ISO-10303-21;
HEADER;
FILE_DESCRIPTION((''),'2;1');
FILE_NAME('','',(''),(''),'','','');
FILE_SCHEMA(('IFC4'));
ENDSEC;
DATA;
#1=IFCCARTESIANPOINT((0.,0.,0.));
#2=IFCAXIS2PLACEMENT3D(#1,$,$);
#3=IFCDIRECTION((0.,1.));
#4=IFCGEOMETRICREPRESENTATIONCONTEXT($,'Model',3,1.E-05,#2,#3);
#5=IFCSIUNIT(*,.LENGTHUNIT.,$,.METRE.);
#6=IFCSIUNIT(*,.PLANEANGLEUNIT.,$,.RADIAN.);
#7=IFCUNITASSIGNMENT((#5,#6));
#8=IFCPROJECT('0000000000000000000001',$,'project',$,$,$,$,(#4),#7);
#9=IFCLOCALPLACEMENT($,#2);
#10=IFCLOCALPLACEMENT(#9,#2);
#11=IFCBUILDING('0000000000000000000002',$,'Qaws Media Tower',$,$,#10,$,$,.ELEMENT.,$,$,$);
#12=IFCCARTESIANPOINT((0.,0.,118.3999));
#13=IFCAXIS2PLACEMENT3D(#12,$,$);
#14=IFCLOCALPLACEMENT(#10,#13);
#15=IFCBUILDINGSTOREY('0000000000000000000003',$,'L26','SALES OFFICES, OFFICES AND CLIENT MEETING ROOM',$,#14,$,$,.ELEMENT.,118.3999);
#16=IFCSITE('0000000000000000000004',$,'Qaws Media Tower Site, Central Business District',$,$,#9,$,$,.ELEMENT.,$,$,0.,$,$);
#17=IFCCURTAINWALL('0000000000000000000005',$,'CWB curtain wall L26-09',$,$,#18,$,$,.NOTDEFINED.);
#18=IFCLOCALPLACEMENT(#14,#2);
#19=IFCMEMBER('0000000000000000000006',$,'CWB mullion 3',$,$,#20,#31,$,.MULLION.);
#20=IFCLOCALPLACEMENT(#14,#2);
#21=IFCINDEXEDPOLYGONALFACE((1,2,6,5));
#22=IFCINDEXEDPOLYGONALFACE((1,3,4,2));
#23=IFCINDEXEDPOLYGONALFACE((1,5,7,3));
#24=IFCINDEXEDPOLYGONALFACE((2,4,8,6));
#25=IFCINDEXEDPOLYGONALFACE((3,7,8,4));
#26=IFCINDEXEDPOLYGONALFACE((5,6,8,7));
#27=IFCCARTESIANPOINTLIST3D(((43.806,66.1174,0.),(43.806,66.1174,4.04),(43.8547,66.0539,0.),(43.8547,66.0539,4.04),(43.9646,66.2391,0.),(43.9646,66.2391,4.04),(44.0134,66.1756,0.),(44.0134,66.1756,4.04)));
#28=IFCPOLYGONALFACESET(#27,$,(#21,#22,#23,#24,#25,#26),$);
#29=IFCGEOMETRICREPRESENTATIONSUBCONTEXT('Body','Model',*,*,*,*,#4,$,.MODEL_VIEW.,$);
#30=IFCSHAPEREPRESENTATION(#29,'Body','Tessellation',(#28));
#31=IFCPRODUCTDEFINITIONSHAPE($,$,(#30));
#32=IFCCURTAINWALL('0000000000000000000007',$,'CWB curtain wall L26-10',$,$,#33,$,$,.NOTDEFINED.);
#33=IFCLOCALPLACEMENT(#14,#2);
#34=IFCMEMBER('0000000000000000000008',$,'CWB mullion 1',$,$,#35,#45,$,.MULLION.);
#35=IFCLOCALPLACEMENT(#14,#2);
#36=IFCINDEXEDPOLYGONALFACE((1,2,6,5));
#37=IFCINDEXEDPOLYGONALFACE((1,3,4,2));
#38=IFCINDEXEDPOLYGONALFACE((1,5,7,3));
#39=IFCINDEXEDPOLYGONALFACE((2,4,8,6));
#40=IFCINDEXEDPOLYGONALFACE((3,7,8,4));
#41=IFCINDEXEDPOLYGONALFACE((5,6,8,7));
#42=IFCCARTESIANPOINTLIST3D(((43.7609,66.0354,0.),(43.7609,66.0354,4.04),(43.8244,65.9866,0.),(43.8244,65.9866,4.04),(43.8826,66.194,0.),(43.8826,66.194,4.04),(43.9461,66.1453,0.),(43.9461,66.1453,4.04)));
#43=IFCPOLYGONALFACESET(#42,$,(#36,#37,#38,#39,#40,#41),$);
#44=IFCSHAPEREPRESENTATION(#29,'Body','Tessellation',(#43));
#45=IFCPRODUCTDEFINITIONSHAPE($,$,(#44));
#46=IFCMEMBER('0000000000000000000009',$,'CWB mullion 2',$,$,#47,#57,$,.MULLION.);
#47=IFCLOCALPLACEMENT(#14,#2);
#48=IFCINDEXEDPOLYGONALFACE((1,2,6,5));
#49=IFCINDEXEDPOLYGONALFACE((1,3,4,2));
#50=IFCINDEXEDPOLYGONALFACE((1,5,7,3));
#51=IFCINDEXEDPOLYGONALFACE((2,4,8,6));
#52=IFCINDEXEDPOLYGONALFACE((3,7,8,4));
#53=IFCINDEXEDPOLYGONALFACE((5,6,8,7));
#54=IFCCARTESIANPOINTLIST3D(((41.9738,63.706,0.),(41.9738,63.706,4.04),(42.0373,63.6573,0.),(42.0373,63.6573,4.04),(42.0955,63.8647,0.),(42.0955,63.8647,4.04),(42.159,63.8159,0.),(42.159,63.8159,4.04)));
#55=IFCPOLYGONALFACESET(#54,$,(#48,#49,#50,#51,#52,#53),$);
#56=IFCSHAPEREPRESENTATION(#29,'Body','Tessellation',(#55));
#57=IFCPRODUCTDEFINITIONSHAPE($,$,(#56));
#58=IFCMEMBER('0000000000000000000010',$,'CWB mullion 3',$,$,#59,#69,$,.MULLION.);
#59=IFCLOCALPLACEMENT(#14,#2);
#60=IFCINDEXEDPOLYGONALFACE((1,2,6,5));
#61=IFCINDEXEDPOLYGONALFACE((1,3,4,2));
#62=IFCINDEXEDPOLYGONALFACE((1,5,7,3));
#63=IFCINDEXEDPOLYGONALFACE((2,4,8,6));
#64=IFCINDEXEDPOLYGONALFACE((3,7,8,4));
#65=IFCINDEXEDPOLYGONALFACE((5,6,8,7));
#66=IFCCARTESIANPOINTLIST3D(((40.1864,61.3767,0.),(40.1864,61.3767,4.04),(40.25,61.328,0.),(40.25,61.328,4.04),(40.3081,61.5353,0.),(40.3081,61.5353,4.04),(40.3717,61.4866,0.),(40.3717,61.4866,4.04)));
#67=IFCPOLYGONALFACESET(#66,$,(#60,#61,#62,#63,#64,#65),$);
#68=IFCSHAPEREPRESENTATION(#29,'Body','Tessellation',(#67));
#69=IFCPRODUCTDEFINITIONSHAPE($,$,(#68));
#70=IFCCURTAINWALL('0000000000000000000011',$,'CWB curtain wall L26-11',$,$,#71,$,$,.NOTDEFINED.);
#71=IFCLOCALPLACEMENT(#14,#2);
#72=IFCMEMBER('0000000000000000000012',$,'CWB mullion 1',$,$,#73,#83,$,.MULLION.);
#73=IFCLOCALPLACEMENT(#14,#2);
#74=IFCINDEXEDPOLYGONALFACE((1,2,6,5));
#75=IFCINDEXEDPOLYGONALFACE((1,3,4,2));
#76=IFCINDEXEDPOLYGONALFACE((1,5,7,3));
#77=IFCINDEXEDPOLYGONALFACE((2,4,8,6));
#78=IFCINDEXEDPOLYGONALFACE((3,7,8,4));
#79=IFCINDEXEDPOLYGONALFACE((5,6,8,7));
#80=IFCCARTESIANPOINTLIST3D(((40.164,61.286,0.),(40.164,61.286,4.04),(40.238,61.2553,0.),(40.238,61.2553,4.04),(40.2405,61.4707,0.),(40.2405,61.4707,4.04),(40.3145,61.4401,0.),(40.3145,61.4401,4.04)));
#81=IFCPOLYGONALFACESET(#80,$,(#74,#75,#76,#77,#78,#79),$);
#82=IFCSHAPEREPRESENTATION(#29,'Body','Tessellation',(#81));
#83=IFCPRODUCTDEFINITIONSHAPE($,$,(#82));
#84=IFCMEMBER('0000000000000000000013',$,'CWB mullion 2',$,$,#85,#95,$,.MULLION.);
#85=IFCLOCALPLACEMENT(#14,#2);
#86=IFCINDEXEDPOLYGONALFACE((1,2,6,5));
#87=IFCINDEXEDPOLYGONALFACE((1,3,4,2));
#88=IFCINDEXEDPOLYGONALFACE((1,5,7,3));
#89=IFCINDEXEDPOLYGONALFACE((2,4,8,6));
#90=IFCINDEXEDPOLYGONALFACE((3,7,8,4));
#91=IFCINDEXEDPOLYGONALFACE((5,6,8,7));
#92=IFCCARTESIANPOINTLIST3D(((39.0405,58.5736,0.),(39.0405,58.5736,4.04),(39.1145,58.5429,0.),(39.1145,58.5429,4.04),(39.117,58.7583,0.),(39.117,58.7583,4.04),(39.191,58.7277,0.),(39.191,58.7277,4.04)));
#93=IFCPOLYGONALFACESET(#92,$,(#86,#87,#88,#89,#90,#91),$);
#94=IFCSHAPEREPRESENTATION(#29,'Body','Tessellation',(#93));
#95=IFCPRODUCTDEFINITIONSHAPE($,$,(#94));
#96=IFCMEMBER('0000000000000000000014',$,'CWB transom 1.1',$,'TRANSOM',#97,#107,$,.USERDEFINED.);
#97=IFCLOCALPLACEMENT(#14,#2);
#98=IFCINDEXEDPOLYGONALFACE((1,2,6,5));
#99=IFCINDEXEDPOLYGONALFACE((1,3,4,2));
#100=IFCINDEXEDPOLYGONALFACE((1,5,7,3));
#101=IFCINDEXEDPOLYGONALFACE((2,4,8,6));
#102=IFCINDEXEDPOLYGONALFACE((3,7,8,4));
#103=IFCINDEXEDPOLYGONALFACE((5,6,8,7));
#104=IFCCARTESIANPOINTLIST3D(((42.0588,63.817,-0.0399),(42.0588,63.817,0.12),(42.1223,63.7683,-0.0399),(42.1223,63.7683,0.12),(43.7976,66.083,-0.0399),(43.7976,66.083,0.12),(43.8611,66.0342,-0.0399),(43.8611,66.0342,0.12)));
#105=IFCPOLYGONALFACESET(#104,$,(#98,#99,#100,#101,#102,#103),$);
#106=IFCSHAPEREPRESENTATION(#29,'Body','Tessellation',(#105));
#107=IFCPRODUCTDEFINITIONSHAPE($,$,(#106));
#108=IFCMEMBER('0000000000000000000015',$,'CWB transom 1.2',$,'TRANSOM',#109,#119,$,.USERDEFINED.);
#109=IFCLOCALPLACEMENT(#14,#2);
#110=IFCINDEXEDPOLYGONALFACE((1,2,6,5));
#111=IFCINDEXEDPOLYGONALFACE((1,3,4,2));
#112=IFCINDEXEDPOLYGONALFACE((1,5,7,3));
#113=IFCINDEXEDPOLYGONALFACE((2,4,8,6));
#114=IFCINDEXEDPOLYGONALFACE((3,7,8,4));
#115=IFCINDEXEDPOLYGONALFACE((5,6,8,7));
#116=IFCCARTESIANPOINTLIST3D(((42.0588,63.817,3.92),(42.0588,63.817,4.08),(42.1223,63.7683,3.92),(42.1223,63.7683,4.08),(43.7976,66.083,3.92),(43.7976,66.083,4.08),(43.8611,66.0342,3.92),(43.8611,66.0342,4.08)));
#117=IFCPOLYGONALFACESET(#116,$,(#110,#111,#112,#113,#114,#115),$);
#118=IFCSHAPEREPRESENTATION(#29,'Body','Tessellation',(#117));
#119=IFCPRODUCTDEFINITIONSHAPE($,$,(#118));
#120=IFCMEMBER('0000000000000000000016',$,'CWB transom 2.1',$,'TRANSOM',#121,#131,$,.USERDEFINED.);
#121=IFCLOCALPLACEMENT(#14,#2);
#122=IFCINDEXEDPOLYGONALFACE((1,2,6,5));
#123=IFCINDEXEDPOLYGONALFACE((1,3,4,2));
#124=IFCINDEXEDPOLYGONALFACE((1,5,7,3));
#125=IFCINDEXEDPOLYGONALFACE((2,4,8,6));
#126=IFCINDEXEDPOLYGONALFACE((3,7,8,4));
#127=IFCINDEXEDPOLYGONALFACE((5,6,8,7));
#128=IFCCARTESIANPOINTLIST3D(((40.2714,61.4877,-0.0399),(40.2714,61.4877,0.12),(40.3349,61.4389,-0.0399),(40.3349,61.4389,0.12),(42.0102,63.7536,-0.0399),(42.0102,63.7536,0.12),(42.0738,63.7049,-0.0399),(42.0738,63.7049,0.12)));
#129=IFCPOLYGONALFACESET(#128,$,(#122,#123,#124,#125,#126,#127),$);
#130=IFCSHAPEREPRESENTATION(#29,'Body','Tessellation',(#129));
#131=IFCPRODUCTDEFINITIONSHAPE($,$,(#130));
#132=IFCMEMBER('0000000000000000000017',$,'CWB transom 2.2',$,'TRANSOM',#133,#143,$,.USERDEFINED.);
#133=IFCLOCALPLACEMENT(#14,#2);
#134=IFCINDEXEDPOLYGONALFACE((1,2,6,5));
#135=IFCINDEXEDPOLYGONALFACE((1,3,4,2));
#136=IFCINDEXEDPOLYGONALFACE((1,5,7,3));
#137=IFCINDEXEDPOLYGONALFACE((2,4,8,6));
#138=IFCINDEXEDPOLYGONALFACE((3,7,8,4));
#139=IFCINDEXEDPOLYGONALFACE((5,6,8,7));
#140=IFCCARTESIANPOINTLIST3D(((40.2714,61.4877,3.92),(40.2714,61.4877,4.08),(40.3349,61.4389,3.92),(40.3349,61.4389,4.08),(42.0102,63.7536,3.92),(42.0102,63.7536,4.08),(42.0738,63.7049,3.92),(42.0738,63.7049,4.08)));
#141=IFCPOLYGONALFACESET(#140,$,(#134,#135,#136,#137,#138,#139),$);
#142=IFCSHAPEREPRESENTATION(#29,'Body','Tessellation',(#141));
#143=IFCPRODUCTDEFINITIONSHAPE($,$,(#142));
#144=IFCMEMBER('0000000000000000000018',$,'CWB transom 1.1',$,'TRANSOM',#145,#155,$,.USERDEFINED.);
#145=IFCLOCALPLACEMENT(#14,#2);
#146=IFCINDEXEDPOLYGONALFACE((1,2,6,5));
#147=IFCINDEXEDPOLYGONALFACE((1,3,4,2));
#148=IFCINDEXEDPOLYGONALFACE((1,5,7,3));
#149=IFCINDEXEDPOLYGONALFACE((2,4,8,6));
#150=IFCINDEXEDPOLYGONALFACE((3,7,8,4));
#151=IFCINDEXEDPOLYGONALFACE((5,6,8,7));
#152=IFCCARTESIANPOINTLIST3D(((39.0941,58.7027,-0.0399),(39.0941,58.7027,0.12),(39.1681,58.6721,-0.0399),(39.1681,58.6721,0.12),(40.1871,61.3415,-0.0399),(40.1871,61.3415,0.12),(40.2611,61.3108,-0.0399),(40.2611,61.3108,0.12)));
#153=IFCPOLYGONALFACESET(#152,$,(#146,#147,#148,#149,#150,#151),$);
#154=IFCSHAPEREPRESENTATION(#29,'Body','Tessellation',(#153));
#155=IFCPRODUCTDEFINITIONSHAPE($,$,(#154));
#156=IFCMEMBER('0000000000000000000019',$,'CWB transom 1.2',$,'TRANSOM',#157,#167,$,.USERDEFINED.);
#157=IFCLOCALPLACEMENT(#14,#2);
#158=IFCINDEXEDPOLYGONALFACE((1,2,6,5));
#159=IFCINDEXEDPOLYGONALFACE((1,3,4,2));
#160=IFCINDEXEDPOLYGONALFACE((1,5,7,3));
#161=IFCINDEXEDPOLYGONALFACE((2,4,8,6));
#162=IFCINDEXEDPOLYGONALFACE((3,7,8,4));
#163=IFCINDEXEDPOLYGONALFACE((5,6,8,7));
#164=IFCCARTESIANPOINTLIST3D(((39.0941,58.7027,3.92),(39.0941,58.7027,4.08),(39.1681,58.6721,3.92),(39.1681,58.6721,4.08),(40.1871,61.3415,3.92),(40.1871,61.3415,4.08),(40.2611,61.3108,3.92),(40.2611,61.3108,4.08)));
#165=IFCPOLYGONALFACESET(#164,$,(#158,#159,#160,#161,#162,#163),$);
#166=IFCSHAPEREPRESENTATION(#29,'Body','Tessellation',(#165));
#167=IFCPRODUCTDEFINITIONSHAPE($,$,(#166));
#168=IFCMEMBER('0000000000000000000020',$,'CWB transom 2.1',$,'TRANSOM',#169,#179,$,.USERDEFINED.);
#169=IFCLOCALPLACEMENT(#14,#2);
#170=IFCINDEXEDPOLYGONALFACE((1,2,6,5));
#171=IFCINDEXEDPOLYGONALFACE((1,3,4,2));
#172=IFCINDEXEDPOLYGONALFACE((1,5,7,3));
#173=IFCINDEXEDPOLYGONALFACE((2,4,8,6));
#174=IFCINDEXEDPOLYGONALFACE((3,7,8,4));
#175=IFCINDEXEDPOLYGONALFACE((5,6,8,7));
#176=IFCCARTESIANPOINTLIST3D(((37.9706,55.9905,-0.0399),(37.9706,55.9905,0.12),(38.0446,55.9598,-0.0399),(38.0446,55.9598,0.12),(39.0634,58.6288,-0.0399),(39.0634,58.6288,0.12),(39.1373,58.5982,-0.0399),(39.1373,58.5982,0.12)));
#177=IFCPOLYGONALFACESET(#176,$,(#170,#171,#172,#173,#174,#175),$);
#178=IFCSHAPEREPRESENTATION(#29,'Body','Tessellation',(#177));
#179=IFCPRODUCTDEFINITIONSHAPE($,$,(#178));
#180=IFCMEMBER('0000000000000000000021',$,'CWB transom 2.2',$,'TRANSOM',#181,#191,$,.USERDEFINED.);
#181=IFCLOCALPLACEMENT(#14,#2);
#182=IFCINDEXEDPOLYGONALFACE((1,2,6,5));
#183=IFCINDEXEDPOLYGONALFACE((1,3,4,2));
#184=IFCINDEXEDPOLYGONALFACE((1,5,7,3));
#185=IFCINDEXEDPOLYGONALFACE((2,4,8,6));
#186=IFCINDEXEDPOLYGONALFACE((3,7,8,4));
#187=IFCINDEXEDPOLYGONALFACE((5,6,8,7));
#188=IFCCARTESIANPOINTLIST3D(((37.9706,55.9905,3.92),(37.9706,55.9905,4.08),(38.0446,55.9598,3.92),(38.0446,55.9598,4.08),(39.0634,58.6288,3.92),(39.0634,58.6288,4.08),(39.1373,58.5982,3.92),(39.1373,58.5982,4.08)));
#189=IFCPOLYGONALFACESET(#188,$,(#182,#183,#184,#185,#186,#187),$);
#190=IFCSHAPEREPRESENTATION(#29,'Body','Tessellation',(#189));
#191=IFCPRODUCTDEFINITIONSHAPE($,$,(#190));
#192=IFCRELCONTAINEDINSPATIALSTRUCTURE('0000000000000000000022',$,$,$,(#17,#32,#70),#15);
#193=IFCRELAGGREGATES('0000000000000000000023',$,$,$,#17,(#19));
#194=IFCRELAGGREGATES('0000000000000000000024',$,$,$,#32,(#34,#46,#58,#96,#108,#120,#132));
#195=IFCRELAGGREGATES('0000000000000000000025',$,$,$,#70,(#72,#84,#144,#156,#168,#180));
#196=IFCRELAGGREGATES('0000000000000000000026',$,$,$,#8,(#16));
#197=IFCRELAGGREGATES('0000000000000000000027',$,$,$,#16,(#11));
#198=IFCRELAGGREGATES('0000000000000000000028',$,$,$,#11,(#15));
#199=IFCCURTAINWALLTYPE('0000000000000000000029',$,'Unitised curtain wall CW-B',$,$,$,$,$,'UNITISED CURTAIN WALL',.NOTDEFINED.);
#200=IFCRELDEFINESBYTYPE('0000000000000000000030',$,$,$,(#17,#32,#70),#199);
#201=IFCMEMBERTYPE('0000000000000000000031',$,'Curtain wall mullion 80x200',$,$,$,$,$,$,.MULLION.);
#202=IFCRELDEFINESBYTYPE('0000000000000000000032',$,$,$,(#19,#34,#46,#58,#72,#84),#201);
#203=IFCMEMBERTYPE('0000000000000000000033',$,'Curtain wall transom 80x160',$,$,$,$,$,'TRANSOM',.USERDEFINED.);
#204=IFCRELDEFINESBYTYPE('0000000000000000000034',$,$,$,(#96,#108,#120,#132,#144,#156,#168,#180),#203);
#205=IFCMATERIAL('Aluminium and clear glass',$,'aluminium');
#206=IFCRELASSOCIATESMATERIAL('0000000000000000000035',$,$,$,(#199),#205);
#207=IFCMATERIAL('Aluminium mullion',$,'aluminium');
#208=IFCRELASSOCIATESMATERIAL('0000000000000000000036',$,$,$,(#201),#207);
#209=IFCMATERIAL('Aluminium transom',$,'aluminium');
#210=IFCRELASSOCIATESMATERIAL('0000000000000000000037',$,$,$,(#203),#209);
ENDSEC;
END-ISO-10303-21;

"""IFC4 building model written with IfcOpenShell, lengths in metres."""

from ifc_helpers import new_model, si_unit, direction, frame, origin, origin_2d, place, context, subcontext, project, spatial, rectangle, extrude, material, material_profile, profile_set, type_object, element, aggregate, save


model = new_model("IFC4")

# Units and contexts
model_context = context("Model", 3, precision=1e-05, world=origin(), true_north=direction((0.0, 1.0)))
body_context = subcontext(model_context, "Body", "Model", "MODEL_VIEW")
ifc_project = project(units=[si_unit("LENGTHUNIT", "METRE"), si_unit("PLANEANGLEUNIT", "RADIAN")], contexts=[model_context])

# Site, building, storey
site_placement = place(None, origin())
site = spatial("IfcSite", under=ifc_project, at=site_placement, Name="Qaws Media Tower Site, Central Business District", CompositionType="ELEMENT", RefElevation=0.0)
building_placement = place(site_placement, origin())
building = spatial("IfcBuilding", under=site, at=building_placement, Name="Qaws Media Tower", CompositionType="ELEMENT")
storey_placement = place(building_placement, frame((0.0, 0.0, 118.3999)))
storey = spatial("IfcBuildingStorey", under=building, at=storey_placement, Name="L26", Description="SALES OFFICES, OFFICES AND CLIENT MEETING ROOM", CompositionType="ELEMENT", Elevation=118.3999)

# Curtain wall, member
ifc_material_1 = material(Name="Aluminium and clear glass", Category="aluminium")
curtain_wall_type = type_object("IfcCurtainWallType", Name="Unitised curtain wall CW-B", ElementType="UNITISED CURTAIN WALL", PredefinedType="NOTDEFINED", material=ifc_material_1)
curtain_wall_1_placement = place(storey_placement, origin())
curtain_wall_1 = element("IfcCurtainWall", 1, at=curtain_wall_1_placement, inside=storey, type_object=curtain_wall_type, Name="CWB curtain wall L26-09", PredefinedType="NOTDEFINED")
ifc_material_2 = material(Name="Aluminium mullion", Category="aluminium")
ifc_material_profile_1 = material_profile(ifc_material_2, rectangle(XDim=0.0801, YDim=0.2, at=origin_2d()), Name="80x200")
ifc_profile_set_1 = profile_set([ifc_material_profile_1], Name="Aluminium mullion")
member_type_1 = type_object("IfcMemberType", Name="Curtain wall mullion 80x200", PredefinedType="MULLION", material=ifc_profile_set_1)
member_1_placement = place(storey_placement, frame((43.9097, 66.1465, 0.0), z_axis=(0.0, 0.0, 1.0), x_axis=(0.608761, -0.793353, 0.0)))
member_1 = element("IfcMember", 2, at=member_1_placement, type_object=member_type_1, Name="CWB mullion 3", PredefinedType="MULLION", context=body_context, shape_type="SweptSolid", body=[
    extrude(rectangle(XDim=0.0801, YDim=0.2, at=origin_2d()), origin(), (0.0, 0.0, 1.0), 4.04),
])
aggregate(curtain_wall_1, [member_1])

# Curtain walls, members
curtain_wall_2_placement = place(storey_placement, origin())
curtain_wall_2 = element("IfcCurtainWall", 3, at=curtain_wall_2_placement, inside=storey, type_object=curtain_wall_type, Name="CWB curtain wall L26-10", PredefinedType="NOTDEFINED")
member_2_placement = place(storey_placement, frame((43.8535, 66.0903, 0.0), z_axis=(0.0, 0.0, 1.0), x_axis=(0.793353, -0.608761, 0.0)))
member_2 = element("IfcMember", 4, at=member_2_placement, type_object=member_type_1, Name="CWB mullion 1", PredefinedType="MULLION", context=body_context, shape_type="SweptSolid", body=[
    extrude(rectangle(XDim=0.0801, YDim=0.2, at=origin_2d()), origin(), (0.0, 0.0, 1.0), 4.04),
])
member_3_placement = place(storey_placement, frame((42.0664, 63.761, 0.0), z_axis=(0.0, 0.0, 1.0), x_axis=(0.793353, -0.608761, 0.0)))
member_3 = element("IfcMember", 5, at=member_3_placement, type_object=member_type_1, Name="CWB mullion 2", PredefinedType="MULLION", context=body_context, shape_type="SweptSolid", body=[
    extrude(rectangle(XDim=0.0801, YDim=0.2, at=origin_2d()), origin(), (0.0, 0.0, 1.0), 4.04),
])
member_4_placement = place(storey_placement, frame((40.2791, 61.4316, 0.0), z_axis=(0.0, 0.0, 1.0), x_axis=(0.793353, -0.608761, 0.0)))
member_4 = element("IfcMember", 6, at=member_4_placement, type_object=member_type_1, Name="CWB mullion 3", PredefinedType="MULLION", context=body_context, shape_type="SweptSolid", body=[
    extrude(rectangle(XDim=0.0801, YDim=0.2, at=origin_2d()), origin(), (0.0, 0.0, 1.0), 4.04),
])
curtain_wall_3_placement = place(storey_placement, origin())
curtain_wall_3 = element("IfcCurtainWall", 7, at=curtain_wall_3_placement, inside=storey, type_object=curtain_wall_type, Name="CWB curtain wall L26-11", PredefinedType="NOTDEFINED")
member_5_placement = place(storey_placement, frame((40.2393, 61.363, 0.0), z_axis=(0.0, 0.0, 1.0), x_axis=(0.92388, -0.382683, 0.0)))
member_5 = element("IfcMember", 8, at=member_5_placement, type_object=member_type_1, Name="CWB mullion 1", PredefinedType="MULLION", context=body_context, shape_type="SweptSolid", body=[
    extrude(rectangle(XDim=0.0801, YDim=0.2, at=origin_2d()), origin(), (0.0, 0.0, 1.0), 4.04),
])
member_6_placement = place(storey_placement, frame((39.1157, 58.6506, 0.0), z_axis=(0.0, 0.0, 1.0), x_axis=(0.92388, -0.382683, 0.0)))
member_6 = element("IfcMember", 9, at=member_6_placement, type_object=member_type_1, Name="CWB mullion 2", PredefinedType="MULLION", context=body_context, shape_type="SweptSolid", body=[
    extrude(rectangle(XDim=0.0801, YDim=0.2, at=origin_2d()), origin(), (0.0, 0.0, 1.0), 4.04),
])

# Members
ifc_material_3 = material(Name="Aluminium transom", Category="aluminium")
ifc_material_profile_2 = material_profile(ifc_material_3, rectangle(XDim=0.0801, YDim=0.1599, at=origin_2d()), Name="80x160")
ifc_profile_set_2 = profile_set([ifc_material_profile_2], Name="Aluminium transom")
member_type_2 = type_object("IfcMemberType", Name="Curtain wall transom 80x160", ElementType="TRANSOM", PredefinedType="USERDEFINED", material=ifc_profile_set_2)
member_7_placement = place(storey_placement, frame((43.8293, 66.0586, 0.04), z_axis=(-0.608785, -0.793335, 0.0), x_axis=(0.793335, -0.608785, 0.0)))
member_7 = element("IfcMember", 10, at=member_7_placement, type_object=member_type_2, Name="CWB transom 1.1", ObjectType="TRANSOM", PredefinedType="USERDEFINED", context=body_context, shape_type="SweptSolid", body=[
    extrude(rectangle(XDim=0.0801, YDim=0.1599, at=origin_2d()), origin(), (0.0, 0.0, 1.0), 2.8562),
])
member_8_placement = place(storey_placement, frame((43.8293, 66.0586, 4.0), z_axis=(-0.608785, -0.793335, 0.0), x_axis=(0.793335, -0.608785, 0.0)))
member_8 = element("IfcMember", 11, at=member_8_placement, type_object=member_type_2, Name="CWB transom 1.2", ObjectType="TRANSOM", PredefinedType="USERDEFINED", context=body_context, shape_type="SweptSolid", body=[
    extrude(rectangle(XDim=0.0801, YDim=0.1599, at=origin_2d()), origin(), (0.0, 0.0, 1.0), 2.8562),
])
member_9_placement = place(storey_placement, frame((42.042, 63.7292, 0.04), z_axis=(-0.608785, -0.793335, 0.0), x_axis=(0.793335, -0.608785, 0.0)))
member_9 = element("IfcMember", 12, at=member_9_placement, type_object=member_type_2, Name="CWB transom 2.1", ObjectType="TRANSOM", PredefinedType="USERDEFINED", context=body_context, shape_type="SweptSolid", body=[
    extrude(rectangle(XDim=0.0801, YDim=0.1599, at=origin_2d()), origin(), (0.0, 0.0, 1.0), 2.8562),
])
member_10_placement = place(storey_placement, frame((42.042, 63.7292, 4.0), z_axis=(-0.608785, -0.793335, 0.0), x_axis=(0.793335, -0.608785, 0.0)))
member_10 = element("IfcMember", 13, at=member_10_placement, type_object=member_type_2, Name="CWB transom 2.2", ObjectType="TRANSOM", PredefinedType="USERDEFINED", context=body_context, shape_type="SweptSolid", body=[
    extrude(rectangle(XDim=0.0801, YDim=0.1599, at=origin_2d()), origin(), (0.0, 0.0, 1.0), 2.8562),
])
member_11_placement = place(storey_placement, frame((40.2241, 61.3262, 0.04), z_axis=(-0.382697, -0.923874, 0.0), x_axis=(0.923874, -0.382697, 0.0)))
member_11 = element("IfcMember", 14, at=member_11_placement, type_object=member_type_2, Name="CWB transom 1.1", ObjectType="TRANSOM", PredefinedType="USERDEFINED", context=body_context, shape_type="SweptSolid", body=[
    extrude(rectangle(XDim=0.0801, YDim=0.1599, at=origin_2d()), origin(), (0.0, 0.0, 1.0), 2.8562),
])
member_12_placement = place(storey_placement, frame((40.2241, 61.3262, 4.0), z_axis=(-0.382697, -0.923874, 0.0), x_axis=(0.923874, -0.382697, 0.0)))
member_12 = element("IfcMember", 15, at=member_12_placement, type_object=member_type_2, Name="CWB transom 1.2", ObjectType="TRANSOM", PredefinedType="USERDEFINED", context=body_context, shape_type="SweptSolid", body=[
    extrude(rectangle(XDim=0.0801, YDim=0.1599, at=origin_2d()), origin(), (0.0, 0.0, 1.0), 2.8562),
])
member_13_placement = place(storey_placement, frame((39.1003, 58.6135, 0.04), z_axis=(-0.382654, -0.923892, 0.0), x_axis=(0.923892, -0.382654, 0.0)))
member_13 = element("IfcMember", 16, at=member_13_placement, type_object=member_type_2, Name="CWB transom 2.1", ObjectType="TRANSOM", PredefinedType="USERDEFINED", context=body_context, shape_type="SweptSolid", body=[
    extrude(rectangle(XDim=0.0801, YDim=0.1599, at=origin_2d()), origin(), (0.0, 0.0, 1.0), 2.8557),
])
member_14_placement = place(storey_placement, frame((39.1003, 58.6135, 4.0), z_axis=(-0.382654, -0.923892, 0.0), x_axis=(0.923892, -0.382654, 0.0)))
member_14 = element("IfcMember", 17, at=member_14_placement, type_object=member_type_2, Name="CWB transom 2.2", ObjectType="TRANSOM", PredefinedType="USERDEFINED", context=body_context, shape_type="SweptSolid", body=[
    extrude(rectangle(XDim=0.0801, YDim=0.1599, at=origin_2d()), origin(), (0.0, 0.0, 1.0), 2.8557),
])

aggregate(curtain_wall_2, [member_2, member_3, member_4, member_7, member_8, member_9, member_10])
aggregate(curtain_wall_3, [member_5, member_6, member_11, member_12, member_13, member_14])

save(model, "model.ifc")
